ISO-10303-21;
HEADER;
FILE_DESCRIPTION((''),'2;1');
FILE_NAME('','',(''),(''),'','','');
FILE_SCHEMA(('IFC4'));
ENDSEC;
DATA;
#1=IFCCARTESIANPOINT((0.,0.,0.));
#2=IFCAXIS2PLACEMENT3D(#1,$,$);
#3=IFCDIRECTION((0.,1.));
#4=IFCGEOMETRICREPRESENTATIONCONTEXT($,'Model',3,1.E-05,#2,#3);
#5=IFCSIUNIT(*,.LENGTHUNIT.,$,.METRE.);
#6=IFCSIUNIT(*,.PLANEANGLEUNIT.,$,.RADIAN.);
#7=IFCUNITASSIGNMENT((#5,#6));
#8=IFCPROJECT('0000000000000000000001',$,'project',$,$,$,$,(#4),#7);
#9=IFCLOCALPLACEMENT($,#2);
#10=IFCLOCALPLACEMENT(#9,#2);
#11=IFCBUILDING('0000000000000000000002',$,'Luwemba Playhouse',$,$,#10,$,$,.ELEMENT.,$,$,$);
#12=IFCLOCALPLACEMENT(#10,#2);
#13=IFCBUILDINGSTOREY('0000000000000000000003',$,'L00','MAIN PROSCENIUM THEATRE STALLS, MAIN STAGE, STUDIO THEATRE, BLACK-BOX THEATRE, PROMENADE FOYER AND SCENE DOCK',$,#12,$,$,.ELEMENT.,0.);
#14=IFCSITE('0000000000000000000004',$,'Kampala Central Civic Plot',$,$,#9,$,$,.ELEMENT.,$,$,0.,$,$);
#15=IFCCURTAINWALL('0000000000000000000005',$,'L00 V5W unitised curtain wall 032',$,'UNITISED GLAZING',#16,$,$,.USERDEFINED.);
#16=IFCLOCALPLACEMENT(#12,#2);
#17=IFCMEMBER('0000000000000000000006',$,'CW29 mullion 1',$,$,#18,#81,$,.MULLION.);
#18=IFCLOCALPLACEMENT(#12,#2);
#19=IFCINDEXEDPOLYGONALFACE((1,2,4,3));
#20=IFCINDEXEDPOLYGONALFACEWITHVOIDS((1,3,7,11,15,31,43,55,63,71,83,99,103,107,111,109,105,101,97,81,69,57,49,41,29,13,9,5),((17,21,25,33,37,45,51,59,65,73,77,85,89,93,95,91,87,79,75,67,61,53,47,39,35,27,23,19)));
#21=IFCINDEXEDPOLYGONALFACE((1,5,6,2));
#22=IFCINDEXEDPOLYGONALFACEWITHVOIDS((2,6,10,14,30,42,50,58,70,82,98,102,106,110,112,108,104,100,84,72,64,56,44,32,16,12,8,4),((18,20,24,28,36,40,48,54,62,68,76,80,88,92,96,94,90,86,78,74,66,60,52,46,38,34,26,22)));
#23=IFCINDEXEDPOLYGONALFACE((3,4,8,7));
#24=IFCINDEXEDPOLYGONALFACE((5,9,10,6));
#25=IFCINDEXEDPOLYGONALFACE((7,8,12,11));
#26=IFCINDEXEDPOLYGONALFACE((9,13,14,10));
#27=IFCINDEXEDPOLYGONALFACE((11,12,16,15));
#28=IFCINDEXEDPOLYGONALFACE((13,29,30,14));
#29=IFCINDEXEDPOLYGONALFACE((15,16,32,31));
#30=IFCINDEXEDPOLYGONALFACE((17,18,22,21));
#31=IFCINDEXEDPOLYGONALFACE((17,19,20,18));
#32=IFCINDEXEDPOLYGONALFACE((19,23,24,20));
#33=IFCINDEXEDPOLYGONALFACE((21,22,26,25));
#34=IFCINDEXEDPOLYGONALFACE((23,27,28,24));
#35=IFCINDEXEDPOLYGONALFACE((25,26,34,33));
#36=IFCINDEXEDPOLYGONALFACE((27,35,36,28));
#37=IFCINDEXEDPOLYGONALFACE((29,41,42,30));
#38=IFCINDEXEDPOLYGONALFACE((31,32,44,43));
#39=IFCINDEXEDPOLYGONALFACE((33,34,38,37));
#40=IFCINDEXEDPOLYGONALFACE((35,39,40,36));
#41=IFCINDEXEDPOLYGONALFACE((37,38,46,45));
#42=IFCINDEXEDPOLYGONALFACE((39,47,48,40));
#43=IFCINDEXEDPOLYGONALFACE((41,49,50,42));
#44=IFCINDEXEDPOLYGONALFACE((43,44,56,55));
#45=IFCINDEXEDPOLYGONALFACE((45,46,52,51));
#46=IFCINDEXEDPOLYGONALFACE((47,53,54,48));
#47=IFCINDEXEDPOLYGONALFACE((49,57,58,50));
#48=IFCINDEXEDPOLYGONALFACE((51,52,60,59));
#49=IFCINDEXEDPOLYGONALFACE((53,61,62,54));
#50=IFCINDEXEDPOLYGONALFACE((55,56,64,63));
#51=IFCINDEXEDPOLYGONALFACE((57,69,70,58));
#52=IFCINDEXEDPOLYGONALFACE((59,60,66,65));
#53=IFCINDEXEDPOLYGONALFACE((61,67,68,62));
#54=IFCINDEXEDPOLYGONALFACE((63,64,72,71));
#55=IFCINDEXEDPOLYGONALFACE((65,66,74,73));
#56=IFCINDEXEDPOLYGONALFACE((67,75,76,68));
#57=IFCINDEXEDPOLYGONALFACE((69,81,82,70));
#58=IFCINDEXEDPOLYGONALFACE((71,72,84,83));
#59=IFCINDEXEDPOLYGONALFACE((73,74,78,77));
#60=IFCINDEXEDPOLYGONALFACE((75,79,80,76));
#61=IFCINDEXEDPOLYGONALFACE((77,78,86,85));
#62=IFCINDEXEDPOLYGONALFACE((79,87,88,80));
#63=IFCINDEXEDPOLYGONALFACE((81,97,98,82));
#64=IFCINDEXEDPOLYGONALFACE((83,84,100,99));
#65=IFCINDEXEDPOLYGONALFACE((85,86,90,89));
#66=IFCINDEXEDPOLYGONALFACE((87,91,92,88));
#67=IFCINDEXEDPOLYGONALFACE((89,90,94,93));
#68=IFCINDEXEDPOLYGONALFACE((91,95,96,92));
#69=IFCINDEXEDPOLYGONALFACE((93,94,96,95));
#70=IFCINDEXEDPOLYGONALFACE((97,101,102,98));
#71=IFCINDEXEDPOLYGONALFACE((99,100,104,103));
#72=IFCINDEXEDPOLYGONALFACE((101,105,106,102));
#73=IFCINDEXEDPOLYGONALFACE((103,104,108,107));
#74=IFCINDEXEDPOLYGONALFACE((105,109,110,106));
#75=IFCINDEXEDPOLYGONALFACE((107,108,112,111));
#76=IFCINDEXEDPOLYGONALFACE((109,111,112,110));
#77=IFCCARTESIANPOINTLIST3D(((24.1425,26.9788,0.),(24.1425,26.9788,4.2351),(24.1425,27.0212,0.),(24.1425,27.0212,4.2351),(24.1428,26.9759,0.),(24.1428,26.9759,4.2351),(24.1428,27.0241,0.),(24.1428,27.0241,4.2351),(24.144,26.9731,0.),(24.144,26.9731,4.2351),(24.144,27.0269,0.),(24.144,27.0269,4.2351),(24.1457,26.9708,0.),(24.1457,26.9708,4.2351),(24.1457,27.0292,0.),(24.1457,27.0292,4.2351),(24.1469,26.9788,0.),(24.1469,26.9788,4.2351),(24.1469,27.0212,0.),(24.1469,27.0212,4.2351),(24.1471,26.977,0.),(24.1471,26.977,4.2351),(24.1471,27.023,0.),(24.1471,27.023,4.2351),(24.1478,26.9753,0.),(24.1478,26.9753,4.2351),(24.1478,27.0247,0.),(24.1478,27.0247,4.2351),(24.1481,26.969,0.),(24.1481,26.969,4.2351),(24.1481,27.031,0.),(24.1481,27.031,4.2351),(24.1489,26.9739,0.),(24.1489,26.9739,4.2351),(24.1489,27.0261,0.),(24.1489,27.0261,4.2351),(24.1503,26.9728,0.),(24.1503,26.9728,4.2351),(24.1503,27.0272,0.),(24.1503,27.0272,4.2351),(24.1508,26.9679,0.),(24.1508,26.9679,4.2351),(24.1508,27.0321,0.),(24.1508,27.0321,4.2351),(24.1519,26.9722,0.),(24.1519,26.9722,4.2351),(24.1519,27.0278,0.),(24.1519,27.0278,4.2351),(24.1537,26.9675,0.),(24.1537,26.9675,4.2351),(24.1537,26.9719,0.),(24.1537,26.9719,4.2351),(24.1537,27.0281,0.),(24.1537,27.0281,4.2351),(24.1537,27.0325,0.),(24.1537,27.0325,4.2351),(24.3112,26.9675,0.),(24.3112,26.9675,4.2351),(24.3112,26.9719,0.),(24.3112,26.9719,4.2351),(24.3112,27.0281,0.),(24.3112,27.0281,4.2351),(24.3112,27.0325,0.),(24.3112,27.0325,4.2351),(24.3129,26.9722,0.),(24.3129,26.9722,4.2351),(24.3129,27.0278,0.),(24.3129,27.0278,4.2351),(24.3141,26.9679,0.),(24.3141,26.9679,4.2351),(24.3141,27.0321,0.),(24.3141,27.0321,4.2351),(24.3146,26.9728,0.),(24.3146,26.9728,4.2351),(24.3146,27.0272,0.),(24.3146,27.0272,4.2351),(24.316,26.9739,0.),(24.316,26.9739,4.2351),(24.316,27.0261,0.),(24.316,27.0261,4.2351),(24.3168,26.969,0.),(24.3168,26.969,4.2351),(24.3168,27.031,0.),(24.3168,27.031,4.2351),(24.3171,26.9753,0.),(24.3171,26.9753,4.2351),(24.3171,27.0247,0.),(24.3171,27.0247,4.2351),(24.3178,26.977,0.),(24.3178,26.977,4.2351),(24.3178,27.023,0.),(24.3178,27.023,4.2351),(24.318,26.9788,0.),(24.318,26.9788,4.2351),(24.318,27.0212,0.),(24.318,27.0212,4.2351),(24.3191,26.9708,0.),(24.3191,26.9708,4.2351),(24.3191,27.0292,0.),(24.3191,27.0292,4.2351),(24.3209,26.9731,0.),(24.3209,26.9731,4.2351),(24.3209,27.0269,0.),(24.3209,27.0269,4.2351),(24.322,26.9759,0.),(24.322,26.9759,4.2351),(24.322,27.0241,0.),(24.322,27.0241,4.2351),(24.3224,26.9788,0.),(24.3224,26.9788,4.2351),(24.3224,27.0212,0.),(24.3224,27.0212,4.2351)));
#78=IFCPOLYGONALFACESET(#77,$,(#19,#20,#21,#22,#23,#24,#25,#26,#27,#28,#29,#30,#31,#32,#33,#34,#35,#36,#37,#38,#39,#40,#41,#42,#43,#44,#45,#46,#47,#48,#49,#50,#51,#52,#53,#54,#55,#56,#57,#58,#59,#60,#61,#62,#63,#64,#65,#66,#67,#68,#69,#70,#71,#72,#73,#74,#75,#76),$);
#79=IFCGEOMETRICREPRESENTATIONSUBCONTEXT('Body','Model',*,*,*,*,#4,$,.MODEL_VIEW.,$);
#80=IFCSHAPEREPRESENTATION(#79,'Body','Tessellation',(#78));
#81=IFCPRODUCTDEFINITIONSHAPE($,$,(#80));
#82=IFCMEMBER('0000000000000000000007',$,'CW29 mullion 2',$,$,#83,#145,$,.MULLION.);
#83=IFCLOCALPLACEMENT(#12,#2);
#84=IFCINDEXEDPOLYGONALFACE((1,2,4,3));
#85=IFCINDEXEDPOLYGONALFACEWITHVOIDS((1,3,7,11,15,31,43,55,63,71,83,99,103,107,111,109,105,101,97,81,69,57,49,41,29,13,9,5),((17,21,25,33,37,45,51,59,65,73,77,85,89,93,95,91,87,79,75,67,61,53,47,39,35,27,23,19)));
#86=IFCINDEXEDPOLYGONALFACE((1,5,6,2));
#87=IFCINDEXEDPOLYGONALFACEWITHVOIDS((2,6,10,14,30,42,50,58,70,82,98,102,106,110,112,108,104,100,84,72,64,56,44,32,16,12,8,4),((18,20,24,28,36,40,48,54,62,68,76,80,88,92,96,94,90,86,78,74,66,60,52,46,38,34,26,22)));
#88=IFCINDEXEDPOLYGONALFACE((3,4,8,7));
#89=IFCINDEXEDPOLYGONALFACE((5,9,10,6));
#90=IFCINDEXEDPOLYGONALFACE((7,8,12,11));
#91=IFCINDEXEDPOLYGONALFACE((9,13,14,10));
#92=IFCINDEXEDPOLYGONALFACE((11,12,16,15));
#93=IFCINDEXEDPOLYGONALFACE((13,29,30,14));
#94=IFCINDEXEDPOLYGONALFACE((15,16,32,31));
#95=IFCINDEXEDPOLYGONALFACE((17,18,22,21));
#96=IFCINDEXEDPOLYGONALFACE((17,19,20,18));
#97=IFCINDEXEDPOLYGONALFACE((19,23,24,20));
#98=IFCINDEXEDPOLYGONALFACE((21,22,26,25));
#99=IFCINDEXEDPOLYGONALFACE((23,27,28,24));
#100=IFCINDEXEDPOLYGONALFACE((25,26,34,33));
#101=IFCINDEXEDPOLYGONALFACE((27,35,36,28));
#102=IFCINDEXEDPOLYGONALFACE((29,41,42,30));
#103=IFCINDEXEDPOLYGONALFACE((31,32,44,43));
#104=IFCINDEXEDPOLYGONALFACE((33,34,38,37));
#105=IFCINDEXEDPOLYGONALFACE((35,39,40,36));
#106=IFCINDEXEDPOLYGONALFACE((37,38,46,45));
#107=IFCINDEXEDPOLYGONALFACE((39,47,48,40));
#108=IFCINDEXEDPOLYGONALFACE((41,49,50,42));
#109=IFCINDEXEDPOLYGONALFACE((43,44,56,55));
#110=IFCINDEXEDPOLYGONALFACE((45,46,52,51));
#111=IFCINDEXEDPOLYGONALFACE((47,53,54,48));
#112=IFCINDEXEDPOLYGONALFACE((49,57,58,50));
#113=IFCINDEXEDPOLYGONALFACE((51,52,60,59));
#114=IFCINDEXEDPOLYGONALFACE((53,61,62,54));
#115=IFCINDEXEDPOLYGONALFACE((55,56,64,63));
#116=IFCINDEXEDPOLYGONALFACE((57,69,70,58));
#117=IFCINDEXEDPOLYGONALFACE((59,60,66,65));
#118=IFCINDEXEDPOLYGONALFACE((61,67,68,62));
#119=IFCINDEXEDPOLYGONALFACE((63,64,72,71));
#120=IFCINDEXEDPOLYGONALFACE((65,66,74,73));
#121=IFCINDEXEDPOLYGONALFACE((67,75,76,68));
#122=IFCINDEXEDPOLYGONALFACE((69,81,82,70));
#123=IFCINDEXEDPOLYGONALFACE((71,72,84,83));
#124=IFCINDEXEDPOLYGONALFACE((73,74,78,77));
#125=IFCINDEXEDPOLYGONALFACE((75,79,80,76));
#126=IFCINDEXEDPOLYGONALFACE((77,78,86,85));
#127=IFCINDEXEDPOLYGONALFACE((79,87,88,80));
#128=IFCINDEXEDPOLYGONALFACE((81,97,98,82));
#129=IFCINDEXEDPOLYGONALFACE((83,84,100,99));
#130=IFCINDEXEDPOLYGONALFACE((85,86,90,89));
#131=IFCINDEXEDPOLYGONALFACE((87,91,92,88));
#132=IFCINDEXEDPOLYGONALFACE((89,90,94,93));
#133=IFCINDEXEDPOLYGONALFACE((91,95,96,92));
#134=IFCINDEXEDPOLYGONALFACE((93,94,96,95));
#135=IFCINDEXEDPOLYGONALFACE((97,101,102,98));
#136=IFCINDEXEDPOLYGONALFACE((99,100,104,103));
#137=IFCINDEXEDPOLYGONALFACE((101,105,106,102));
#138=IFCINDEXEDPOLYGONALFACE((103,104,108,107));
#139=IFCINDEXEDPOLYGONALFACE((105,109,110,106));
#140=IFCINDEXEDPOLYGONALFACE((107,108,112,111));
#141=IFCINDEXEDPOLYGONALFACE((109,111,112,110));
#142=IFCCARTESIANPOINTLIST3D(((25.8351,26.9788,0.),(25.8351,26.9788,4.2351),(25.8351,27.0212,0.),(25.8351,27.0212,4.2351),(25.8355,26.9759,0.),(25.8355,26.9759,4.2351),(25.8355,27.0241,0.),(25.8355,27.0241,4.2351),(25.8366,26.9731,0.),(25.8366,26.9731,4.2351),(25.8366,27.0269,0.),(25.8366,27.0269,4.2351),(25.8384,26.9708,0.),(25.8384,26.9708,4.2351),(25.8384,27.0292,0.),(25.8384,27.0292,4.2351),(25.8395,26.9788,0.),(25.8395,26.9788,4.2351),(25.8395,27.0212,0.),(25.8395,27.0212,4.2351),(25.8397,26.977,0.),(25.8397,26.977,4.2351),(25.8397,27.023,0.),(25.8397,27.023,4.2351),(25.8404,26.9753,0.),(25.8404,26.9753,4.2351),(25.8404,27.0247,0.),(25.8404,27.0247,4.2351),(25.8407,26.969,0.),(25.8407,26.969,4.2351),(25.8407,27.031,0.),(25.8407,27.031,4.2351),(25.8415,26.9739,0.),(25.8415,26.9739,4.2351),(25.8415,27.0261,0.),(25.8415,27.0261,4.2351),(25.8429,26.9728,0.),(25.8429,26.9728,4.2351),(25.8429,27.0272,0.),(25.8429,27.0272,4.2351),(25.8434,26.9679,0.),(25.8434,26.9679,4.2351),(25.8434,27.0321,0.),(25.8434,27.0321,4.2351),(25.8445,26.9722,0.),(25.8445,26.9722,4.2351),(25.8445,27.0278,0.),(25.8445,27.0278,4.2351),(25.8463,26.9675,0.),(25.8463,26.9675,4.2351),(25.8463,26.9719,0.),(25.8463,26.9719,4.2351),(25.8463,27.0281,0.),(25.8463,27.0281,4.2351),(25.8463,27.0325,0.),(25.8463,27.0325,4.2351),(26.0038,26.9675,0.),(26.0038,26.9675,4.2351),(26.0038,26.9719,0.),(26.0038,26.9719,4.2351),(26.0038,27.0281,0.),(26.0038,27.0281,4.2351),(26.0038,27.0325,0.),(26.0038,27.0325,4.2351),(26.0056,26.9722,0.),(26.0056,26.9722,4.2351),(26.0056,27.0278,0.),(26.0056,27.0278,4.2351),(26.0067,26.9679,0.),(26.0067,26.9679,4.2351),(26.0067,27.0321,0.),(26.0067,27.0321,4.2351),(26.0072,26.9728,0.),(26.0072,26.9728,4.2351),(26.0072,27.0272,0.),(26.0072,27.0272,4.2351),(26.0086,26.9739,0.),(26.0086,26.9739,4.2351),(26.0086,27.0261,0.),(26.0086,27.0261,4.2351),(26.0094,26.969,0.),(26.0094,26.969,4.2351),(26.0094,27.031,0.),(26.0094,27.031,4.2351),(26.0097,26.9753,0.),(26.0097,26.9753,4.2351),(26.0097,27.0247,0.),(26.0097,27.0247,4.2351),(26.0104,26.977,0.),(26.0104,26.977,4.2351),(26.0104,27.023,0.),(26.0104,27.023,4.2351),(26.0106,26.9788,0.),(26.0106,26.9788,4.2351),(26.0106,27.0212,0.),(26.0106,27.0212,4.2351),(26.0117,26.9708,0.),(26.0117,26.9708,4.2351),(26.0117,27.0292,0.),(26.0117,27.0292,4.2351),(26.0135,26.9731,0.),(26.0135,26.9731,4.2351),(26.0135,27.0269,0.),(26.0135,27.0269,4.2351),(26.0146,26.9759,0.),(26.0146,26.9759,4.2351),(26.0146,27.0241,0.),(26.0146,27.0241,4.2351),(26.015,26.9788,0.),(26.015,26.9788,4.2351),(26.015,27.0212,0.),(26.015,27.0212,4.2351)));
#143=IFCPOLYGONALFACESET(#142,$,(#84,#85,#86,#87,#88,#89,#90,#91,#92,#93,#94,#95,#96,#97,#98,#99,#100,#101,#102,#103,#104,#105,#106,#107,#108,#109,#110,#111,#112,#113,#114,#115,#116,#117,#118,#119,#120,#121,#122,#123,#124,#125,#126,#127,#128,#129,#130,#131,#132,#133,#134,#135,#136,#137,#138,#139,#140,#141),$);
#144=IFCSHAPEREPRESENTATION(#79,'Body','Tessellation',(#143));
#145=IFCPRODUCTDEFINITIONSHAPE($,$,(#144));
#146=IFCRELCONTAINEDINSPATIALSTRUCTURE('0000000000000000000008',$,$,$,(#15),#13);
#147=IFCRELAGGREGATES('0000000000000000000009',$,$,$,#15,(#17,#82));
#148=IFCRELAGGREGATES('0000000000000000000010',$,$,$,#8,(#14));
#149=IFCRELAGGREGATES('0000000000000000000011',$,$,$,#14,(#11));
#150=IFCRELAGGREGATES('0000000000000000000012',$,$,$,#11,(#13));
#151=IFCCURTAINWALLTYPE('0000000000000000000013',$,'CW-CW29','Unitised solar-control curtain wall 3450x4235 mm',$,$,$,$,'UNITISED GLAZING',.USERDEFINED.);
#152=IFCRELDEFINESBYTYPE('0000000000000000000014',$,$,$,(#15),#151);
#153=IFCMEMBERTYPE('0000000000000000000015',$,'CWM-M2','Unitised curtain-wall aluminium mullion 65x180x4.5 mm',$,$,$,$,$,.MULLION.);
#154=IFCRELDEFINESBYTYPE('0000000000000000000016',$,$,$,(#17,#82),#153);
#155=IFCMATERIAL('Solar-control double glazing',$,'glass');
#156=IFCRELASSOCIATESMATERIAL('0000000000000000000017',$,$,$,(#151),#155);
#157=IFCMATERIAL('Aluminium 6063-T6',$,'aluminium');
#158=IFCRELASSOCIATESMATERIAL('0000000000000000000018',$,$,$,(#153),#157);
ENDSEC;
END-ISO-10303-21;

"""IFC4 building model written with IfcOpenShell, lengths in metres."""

from ifc_helpers import new_model, si_unit, direction, frame, origin, origin_2d, place, context, subcontext, project, spatial, hollow_rectangle, extrude, material, material_profile, profile_set, type_object, element, aggregate, save


model = new_model("IFC4")

# Units and contexts
model_context = context("Model", 3, precision=1e-05, world=origin(), true_north=direction((0.0, 1.0)))
body_context = subcontext(model_context, "Body", "Model", "MODEL_VIEW")
ifc_project = project(units=[si_unit("LENGTHUNIT", "METRE"), si_unit("PLANEANGLEUNIT", "RADIAN")], contexts=[model_context])

# Site, building, storey
site_placement = place(None, origin())
site = spatial("IfcSite", under=ifc_project, at=site_placement, Name="Kampala Central Civic Plot", CompositionType="ELEMENT", RefElevation=0.0)
building_placement = place(site_placement, origin())
building = spatial("IfcBuilding", under=site, at=building_placement, Name="Luwemba Playhouse", CompositionType="ELEMENT")
storey_placement = place(building_placement, origin())
storey = spatial("IfcBuildingStorey", under=building, at=storey_placement, Name="L00", Description="MAIN PROSCENIUM THEATRE STALLS, MAIN STAGE, STUDIO THEATRE, BLACK-BOX THEATRE, PROMENADE FOYER AND SCENE DOCK", CompositionType="ELEMENT", Elevation=0.0)

# Shared definitions
ifc_material_1 = material(Name="Solar-control double glazing", Category="glass")
ifc_material_2 = material(Name="Aluminium 6063-T6", Category="aluminium")

# Curtain wall, members
curtain_wall_type_1 = type_object("IfcCurtainWallType", Name="CW-CW29", Description="Unitised solar-control curtain wall 3450x4235 mm", ElementType="UNITISED GLAZING", PredefinedType="USERDEFINED", material=ifc_material_1)
curtain_wall_1_placement = place(storey_placement, origin())
curtain_wall_1 = element("IfcCurtainWall", 1, at=curtain_wall_1_placement, inside=storey, type_object=curtain_wall_type_1, Name="L00 V5W unitised curtain wall 032", ObjectType="UNITISED GLAZING", PredefinedType="USERDEFINED")
ifc_material_profile_1 = material_profile(ifc_material_2, hollow_rectangle(XDim=0.0649, YDim=0.1799, WallThickness=0.0044, InnerFilletRadius=0.0068, OuterFilletRadius=0.0112, at=origin_2d()))
ifc_profile_set_1 = profile_set([ifc_material_profile_1], Name="Aluminium 6063-T6")
member_type_1 = type_object("IfcMemberType", Name="CWM-M2", Description="Unitised curtain-wall aluminium mullion 65x180x4.5 mm", PredefinedType="MULLION", material=ifc_profile_set_1)
member_1_placement = place(storey_placement, frame((24.2324, 27.0, 0.0), z_axis=(0.0, 0.0, 1.0), x_axis=(0.0, 1.0, 0.0)))
member_1 = element("IfcMember", 2, at=member_1_placement, type_object=member_type_1, Name="CW29 mullion 1", PredefinedType="MULLION", context=body_context, shape_type="SweptSolid", body=[
    extrude(hollow_rectangle(XDim=0.0649, YDim=0.1799, WallThickness=0.0044, InnerFilletRadius=0.0068, OuterFilletRadius=0.0112, at=origin_2d()), origin(), (0.0, 0.0, 1.0), 4.2351),
])
member_2_placement = place(storey_placement, frame((25.925, 27.0, 0.0), z_axis=(0.0, 0.0, 1.0), x_axis=(0.0, 1.0, 0.0)))
member_2 = element("IfcMember", 3, at=member_2_placement, type_object=member_type_1, Name="CW29 mullion 2", PredefinedType="MULLION", context=body_context, shape_type="SweptSolid", body=[
    extrude(hollow_rectangle(XDim=0.0649, YDim=0.1799, WallThickness=0.0044, InnerFilletRadius=0.0068, OuterFilletRadius=0.0112, at=origin_2d()), origin(), (0.0, 0.0, 1.0), 4.2351),
])

aggregate(curtain_wall_1, [member_1, member_2])

save(model, "model.ifc")
